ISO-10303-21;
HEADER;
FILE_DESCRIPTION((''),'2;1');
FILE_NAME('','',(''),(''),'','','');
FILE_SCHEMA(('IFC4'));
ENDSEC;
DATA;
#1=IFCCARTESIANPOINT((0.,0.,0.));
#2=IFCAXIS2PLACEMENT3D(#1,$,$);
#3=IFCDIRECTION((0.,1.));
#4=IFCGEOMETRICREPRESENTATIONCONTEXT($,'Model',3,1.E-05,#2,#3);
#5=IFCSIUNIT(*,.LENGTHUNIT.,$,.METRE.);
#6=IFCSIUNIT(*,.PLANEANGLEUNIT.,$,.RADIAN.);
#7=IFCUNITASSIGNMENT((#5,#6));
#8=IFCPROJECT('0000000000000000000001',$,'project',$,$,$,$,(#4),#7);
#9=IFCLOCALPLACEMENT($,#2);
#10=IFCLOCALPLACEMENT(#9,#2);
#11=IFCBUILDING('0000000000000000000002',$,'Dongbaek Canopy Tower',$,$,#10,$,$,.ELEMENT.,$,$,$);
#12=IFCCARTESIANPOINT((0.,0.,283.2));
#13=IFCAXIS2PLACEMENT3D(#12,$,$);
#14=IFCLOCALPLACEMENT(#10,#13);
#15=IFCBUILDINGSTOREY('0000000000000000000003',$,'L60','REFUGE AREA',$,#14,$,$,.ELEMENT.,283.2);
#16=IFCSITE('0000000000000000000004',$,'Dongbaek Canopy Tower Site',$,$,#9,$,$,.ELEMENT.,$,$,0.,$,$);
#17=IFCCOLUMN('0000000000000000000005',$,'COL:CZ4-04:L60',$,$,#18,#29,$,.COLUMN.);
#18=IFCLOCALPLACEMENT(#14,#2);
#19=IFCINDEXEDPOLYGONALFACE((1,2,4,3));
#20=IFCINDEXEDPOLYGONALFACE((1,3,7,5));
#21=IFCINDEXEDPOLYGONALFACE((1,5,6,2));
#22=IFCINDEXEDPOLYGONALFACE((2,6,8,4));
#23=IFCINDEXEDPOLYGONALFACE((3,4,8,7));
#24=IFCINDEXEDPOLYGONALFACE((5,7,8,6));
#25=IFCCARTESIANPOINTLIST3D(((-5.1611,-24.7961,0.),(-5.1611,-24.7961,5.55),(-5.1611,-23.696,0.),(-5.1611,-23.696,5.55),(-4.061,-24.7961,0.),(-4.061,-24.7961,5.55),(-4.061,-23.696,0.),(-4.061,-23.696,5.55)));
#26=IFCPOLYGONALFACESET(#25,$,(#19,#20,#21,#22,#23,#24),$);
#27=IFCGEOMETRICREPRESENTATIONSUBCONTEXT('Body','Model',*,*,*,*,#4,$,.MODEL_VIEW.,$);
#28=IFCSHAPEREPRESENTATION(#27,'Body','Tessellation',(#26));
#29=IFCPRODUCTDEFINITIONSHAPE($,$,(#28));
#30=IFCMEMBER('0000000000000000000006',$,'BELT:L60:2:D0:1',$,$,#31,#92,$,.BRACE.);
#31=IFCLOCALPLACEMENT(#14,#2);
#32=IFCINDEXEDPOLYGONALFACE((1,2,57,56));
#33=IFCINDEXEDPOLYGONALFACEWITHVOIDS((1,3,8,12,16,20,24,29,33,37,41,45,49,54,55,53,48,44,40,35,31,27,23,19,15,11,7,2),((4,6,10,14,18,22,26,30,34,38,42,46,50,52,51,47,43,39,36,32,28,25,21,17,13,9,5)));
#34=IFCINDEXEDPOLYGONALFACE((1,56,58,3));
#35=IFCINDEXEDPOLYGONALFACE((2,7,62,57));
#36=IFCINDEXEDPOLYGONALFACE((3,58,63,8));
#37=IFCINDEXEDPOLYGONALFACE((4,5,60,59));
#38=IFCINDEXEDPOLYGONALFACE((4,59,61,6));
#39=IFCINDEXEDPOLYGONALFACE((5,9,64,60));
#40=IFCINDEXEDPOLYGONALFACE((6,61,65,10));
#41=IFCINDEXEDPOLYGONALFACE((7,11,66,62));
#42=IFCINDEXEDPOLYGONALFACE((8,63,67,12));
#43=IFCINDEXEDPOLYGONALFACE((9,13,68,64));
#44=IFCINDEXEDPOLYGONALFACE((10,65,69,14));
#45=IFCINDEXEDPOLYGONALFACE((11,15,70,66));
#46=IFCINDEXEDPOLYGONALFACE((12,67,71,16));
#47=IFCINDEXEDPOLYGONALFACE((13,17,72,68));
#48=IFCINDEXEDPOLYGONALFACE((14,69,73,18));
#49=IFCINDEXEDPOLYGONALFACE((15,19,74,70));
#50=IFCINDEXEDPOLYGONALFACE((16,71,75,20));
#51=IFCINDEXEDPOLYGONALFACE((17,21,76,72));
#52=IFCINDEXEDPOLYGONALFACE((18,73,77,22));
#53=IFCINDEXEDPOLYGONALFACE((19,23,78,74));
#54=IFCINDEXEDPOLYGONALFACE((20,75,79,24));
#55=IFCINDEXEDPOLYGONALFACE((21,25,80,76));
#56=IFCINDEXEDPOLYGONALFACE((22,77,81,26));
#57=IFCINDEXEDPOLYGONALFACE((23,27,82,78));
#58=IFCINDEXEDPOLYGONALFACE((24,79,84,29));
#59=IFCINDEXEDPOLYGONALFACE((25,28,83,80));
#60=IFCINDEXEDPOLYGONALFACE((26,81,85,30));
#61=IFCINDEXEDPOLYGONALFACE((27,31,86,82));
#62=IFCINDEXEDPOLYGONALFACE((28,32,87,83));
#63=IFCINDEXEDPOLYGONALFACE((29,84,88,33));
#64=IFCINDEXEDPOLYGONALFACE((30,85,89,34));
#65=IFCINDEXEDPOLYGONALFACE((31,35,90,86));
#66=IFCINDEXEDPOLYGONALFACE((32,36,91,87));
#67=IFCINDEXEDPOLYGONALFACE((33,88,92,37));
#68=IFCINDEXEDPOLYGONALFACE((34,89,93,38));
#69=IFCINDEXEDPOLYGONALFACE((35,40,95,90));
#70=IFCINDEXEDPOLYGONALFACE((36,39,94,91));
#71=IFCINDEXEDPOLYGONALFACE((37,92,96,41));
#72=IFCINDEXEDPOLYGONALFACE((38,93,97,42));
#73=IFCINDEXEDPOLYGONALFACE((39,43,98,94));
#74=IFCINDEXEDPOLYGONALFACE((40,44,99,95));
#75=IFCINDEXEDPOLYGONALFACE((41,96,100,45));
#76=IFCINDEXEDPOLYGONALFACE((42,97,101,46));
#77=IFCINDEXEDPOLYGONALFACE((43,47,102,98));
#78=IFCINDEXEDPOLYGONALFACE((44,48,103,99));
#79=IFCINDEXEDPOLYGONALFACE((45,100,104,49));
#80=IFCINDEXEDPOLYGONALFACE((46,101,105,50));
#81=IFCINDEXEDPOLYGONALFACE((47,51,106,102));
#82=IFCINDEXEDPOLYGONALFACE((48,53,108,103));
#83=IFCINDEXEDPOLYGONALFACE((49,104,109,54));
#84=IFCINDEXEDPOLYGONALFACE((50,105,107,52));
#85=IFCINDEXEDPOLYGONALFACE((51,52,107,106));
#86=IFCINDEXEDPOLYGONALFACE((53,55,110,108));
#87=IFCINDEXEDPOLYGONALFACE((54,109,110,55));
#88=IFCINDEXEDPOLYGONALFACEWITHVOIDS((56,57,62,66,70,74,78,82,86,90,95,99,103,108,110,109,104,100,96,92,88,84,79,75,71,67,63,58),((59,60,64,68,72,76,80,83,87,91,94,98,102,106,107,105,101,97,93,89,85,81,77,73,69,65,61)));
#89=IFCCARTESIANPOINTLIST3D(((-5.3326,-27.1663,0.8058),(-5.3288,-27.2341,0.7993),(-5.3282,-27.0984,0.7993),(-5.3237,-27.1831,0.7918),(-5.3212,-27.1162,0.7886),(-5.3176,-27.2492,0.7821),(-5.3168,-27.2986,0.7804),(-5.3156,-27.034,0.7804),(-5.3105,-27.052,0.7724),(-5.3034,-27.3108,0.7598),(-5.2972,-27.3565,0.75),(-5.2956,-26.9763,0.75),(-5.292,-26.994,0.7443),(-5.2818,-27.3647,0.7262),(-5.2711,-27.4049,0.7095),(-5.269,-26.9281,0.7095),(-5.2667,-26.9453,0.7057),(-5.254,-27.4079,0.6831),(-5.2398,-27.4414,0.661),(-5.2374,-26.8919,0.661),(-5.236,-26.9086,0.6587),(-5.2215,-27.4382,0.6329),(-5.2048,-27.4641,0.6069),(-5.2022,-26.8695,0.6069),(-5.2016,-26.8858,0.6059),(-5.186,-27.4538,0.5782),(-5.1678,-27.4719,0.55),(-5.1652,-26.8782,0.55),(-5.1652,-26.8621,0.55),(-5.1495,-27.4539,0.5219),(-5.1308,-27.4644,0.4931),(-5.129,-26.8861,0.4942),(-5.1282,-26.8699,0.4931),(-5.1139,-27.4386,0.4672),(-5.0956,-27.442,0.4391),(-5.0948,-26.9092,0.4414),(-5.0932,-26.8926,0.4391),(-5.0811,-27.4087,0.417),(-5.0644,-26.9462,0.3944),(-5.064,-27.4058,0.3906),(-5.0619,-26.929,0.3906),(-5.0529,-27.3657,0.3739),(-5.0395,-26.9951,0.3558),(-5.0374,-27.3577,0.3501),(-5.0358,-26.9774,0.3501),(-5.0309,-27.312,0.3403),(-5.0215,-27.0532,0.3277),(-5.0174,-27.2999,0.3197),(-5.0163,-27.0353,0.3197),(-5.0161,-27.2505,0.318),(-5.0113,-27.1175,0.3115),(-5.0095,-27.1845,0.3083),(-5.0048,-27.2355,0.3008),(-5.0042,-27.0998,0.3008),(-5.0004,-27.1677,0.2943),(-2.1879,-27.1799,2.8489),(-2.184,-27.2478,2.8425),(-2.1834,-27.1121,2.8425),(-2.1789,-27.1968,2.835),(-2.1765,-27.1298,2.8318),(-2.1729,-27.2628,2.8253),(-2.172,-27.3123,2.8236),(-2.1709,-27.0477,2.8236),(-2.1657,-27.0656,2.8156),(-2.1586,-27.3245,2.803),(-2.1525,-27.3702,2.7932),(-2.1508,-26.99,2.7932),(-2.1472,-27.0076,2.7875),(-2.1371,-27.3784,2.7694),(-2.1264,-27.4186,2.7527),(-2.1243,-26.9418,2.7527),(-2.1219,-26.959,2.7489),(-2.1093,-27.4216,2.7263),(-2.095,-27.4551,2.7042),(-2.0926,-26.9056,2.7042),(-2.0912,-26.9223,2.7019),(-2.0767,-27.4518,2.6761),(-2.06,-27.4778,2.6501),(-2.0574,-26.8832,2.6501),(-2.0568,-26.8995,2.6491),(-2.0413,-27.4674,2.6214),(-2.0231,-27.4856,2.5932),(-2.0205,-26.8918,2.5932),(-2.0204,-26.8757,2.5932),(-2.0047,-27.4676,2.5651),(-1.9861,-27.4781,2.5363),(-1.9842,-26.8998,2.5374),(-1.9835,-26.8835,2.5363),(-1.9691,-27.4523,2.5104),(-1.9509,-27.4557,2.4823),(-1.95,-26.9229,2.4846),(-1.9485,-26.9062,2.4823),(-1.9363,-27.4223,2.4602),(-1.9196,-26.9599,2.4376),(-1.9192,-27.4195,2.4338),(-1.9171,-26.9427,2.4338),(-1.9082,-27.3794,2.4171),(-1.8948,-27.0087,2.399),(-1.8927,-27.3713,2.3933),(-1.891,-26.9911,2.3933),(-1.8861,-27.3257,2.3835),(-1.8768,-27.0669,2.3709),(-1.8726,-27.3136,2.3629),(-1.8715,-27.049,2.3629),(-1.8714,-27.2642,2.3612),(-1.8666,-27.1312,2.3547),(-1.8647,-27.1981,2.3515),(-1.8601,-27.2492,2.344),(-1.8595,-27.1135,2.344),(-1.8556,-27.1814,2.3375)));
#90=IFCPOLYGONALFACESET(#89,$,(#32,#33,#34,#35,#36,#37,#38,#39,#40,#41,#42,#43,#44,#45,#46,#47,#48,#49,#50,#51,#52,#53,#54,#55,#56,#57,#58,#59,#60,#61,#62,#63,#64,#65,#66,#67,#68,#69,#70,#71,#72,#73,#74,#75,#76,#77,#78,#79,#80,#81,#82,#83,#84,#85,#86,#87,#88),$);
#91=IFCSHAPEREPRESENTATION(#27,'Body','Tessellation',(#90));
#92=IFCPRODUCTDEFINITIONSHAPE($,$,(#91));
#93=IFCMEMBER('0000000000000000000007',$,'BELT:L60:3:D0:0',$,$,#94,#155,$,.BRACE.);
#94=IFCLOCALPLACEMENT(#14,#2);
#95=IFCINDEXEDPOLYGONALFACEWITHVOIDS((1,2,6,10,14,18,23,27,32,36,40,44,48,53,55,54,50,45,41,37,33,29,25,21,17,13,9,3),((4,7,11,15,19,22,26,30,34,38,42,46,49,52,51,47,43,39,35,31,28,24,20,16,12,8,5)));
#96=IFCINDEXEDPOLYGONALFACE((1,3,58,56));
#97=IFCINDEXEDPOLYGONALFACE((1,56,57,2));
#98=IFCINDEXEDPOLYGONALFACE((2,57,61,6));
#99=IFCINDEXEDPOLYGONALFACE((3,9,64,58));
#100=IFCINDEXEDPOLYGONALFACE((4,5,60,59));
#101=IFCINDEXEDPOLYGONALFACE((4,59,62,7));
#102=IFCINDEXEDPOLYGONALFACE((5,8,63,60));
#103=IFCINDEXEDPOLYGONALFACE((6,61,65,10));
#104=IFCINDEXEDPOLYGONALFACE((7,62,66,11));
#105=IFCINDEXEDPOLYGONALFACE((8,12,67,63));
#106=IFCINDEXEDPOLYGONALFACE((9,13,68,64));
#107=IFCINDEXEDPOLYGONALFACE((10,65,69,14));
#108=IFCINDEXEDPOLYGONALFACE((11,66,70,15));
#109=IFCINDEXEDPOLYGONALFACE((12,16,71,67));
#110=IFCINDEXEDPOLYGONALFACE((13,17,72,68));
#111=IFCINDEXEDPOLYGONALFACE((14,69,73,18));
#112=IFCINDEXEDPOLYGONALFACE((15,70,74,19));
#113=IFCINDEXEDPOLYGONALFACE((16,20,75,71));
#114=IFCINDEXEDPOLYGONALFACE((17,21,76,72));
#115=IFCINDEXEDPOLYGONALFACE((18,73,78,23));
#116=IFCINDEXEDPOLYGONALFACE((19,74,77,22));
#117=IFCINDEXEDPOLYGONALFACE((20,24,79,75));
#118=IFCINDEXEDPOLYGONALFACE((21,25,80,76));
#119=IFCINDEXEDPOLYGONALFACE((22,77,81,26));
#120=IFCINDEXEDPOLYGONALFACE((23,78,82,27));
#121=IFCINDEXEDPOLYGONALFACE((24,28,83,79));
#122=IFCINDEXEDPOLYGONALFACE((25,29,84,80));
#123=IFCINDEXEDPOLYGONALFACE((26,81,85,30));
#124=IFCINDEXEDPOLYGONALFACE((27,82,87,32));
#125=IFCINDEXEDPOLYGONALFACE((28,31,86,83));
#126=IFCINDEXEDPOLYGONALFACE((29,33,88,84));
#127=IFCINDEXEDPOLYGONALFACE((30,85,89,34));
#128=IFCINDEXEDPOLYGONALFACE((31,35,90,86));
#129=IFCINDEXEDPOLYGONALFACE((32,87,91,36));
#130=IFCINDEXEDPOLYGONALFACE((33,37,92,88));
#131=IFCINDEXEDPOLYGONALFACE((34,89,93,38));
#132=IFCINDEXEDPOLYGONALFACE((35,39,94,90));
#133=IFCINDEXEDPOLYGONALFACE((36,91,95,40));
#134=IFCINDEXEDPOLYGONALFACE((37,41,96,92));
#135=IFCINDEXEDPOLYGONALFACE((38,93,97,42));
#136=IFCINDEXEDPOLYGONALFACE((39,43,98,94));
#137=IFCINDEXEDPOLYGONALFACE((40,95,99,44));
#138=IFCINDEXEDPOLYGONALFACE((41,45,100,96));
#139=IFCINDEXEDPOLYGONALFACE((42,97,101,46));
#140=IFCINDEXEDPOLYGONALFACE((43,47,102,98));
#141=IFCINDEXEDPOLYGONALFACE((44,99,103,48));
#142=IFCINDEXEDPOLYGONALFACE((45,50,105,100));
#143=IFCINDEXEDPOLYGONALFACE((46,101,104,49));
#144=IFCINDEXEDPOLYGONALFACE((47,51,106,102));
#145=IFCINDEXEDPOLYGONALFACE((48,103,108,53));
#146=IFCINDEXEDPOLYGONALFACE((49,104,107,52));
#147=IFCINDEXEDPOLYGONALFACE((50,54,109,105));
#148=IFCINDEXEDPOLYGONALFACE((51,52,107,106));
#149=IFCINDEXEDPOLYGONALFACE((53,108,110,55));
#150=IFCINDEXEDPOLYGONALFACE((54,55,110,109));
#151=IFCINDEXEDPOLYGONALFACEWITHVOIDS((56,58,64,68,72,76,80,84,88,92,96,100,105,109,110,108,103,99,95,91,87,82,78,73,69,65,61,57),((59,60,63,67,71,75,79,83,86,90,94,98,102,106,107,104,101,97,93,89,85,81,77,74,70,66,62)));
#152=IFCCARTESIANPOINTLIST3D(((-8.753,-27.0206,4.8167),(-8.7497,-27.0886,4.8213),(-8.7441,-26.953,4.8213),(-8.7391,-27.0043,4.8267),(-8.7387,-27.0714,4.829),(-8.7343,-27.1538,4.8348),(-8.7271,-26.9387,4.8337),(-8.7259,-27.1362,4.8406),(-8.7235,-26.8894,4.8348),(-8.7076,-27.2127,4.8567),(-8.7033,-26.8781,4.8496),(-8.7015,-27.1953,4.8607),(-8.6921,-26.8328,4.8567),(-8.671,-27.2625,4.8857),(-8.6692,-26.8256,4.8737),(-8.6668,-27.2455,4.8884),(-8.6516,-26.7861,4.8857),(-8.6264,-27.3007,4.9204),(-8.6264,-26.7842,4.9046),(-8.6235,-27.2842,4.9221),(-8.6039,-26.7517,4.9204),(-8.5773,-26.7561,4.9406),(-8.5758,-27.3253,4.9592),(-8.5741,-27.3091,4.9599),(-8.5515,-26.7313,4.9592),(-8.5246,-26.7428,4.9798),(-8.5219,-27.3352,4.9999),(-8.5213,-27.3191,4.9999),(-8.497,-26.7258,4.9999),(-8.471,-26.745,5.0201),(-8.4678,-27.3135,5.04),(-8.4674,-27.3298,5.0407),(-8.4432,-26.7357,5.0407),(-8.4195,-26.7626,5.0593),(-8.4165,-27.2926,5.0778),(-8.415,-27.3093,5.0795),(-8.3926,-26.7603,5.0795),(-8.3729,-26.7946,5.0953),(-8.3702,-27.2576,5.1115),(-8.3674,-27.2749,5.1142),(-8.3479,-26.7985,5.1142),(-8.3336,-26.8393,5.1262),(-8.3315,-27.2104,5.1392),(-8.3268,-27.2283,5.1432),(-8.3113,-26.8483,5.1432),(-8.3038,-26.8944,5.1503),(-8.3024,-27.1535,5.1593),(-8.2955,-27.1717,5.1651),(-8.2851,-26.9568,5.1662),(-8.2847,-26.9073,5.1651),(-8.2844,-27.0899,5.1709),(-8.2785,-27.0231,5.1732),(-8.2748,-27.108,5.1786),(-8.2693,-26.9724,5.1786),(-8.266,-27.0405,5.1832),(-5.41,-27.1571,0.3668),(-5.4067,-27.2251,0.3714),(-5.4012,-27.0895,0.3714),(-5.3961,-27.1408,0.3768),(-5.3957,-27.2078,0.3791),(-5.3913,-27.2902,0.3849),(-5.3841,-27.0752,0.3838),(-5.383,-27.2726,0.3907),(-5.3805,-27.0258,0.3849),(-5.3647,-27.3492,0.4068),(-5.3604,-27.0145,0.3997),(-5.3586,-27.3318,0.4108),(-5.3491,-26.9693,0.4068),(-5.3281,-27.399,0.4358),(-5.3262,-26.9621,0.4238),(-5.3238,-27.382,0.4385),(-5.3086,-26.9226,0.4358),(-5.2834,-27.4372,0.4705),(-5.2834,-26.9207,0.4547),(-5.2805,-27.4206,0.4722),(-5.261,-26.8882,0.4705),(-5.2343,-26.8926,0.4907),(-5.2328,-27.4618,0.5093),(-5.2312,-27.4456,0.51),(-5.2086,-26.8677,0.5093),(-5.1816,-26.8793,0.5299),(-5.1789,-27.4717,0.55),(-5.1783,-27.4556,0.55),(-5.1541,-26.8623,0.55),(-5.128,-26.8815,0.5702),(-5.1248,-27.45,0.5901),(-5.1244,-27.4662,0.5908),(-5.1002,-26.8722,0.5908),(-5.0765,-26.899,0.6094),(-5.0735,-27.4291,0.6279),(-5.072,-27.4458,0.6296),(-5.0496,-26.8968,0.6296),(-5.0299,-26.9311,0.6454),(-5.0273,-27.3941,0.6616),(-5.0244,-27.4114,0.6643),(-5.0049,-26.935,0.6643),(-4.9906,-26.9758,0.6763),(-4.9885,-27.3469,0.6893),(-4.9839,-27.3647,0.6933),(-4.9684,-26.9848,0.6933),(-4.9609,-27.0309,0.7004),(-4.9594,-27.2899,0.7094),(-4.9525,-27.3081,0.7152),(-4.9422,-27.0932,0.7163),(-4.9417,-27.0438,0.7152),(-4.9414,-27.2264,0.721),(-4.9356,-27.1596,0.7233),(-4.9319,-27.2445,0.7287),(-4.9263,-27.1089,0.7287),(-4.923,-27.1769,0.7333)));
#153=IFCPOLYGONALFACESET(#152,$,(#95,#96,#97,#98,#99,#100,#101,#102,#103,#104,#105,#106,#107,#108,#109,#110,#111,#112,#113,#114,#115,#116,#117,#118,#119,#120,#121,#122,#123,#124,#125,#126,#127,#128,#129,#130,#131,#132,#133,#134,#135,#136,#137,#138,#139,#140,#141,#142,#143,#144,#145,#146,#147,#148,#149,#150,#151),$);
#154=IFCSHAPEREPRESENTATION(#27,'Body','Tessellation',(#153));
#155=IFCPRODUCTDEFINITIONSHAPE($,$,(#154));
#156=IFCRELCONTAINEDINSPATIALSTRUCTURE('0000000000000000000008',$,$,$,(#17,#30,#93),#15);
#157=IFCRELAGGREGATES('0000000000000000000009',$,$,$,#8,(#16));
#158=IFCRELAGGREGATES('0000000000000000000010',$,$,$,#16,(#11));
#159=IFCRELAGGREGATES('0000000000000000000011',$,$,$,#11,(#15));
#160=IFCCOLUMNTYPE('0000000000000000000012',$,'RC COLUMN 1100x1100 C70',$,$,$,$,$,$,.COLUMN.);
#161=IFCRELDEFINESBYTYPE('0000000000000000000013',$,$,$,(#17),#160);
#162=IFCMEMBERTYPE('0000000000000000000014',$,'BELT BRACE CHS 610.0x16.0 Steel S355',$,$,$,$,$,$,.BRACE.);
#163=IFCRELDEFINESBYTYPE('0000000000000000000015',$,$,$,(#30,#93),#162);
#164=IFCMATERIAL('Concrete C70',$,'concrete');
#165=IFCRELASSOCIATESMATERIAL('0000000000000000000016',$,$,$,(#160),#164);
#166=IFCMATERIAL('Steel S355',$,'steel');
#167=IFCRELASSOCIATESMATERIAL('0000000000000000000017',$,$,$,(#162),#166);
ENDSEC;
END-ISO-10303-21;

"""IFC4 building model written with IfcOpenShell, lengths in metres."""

from ifc_helpers import new_model, si_unit, direction, frame, origin, origin_2d, place, context, subcontext, project, spatial, rectangle, hollow_circle, extrude, material, material_profile, profile_set, type_object, element, save


model = new_model("IFC4")

# Units and contexts
model_context = context("Model", 3, precision=1e-05, world=origin(), true_north=direction((0.0, 1.0)))
body_context = subcontext(model_context, "Body", "Model", "MODEL_VIEW")
ifc_project = project(units=[si_unit("LENGTHUNIT", "METRE"), si_unit("PLANEANGLEUNIT", "RADIAN")], contexts=[model_context])

# Site, building, storey
site_placement = place(None, origin())
site = spatial("IfcSite", under=ifc_project, at=site_placement, Name="Dongbaek Canopy Tower Site", CompositionType="ELEMENT", RefElevation=0.0)
building_placement = place(site_placement, origin())
building = spatial("IfcBuilding", under=site, at=building_placement, Name="Dongbaek Canopy Tower", CompositionType="ELEMENT")
storey_placement = place(building_placement, frame((0.0, 0.0, 283.2)))
storey = spatial("IfcBuildingStorey", under=building, at=storey_placement, Name="L60", Description="REFUGE AREA", CompositionType="ELEMENT", Elevation=283.2)

# Column
ifc_material_1 = material(Name="Concrete C70", Category="concrete")
ifc_material_profile_1 = material_profile(ifc_material_1, rectangle(XDim=1.1001, YDim=1.1001, at=origin_2d()), Name="RC COLUMN 1100x1100 C70")
ifc_profile_set_1 = profile_set([ifc_material_profile_1], Name="Concrete C70")
column_type = type_object("IfcColumnType", Name="RC COLUMN 1100x1100 C70", PredefinedType="COLUMN", material=ifc_profile_set_1)
column_placement = place(storey_placement, frame((-4.6111, -24.2461, 0.0), z_axis=(0.0, 0.0, 1.0), x_axis=(1.0, 0.0, 0.0)))
element("IfcColumn", 1, at=column_placement, inside=storey, type_object=column_type, Name="COL:CZ4-04:L60", PredefinedType="COLUMN", context=body_context, shape_type="SweptSolid", body=[
    extrude(rectangle(XDim=1.1001, YDim=1.1001, at=origin_2d()), origin(), (0.0, 0.0, 1.0), 5.55),
])

# Members
ifc_material_2 = material(Name="Steel S355", Category="steel")
ifc_material_profile_2 = material_profile(ifc_material_2, hollow_circle(Radius=0.3049, WallThickness=0.0161, at=origin_2d()), Name="BELT BRACE CHS 610.0x16.0 Steel S355")
ifc_profile_set_2 = profile_set([ifc_material_profile_2], Name="Steel S355")
member_type_1 = type_object("IfcMemberType", Name="BELT BRACE CHS 610.0x16.0 Steel S355", PredefinedType="BRACE", material=ifc_profile_set_2)
member_1_placement = place(storey_placement, frame((-5.1665, -27.167, 0.55), z_axis=(0.838547, -0.003646, 0.544818), x_axis=(0.004347, 0.999991, 0.0)))
element("IfcMember", 2, at=member_1_placement, inside=storey, type_object=member_type_1, Name="BELT:L60:2:D0:1", PredefinedType="BRACE", context=body_context, shape_type="SweptSolid", body=[
    extrude(hollow_circle(Radius=0.3049, WallThickness=0.0161, at=origin_2d()), origin(), (0.0, 0.0, 1.0), 3.7502),
])
member_2_placement = place(storey_placement, frame((-5.1665, -27.167, 0.55), z_axis=(-0.600458, 0.024513, 0.79928), x_axis=(-0.04079, -0.999168, 0.0)))
element("IfcMember", 3, at=member_2_placement, inside=storey, type_object=member_type_1, Name="BELT:L60:3:D0:0", PredefinedType="BRACE", context=body_context, shape_type="SweptSolid", body=[
    extrude(hollow_circle(Radius=0.3049, WallThickness=0.0161, at=origin_2d()), origin(), (0.0, 0.0, 1.0), 5.5674),
])

save(model, "model.ifc")
